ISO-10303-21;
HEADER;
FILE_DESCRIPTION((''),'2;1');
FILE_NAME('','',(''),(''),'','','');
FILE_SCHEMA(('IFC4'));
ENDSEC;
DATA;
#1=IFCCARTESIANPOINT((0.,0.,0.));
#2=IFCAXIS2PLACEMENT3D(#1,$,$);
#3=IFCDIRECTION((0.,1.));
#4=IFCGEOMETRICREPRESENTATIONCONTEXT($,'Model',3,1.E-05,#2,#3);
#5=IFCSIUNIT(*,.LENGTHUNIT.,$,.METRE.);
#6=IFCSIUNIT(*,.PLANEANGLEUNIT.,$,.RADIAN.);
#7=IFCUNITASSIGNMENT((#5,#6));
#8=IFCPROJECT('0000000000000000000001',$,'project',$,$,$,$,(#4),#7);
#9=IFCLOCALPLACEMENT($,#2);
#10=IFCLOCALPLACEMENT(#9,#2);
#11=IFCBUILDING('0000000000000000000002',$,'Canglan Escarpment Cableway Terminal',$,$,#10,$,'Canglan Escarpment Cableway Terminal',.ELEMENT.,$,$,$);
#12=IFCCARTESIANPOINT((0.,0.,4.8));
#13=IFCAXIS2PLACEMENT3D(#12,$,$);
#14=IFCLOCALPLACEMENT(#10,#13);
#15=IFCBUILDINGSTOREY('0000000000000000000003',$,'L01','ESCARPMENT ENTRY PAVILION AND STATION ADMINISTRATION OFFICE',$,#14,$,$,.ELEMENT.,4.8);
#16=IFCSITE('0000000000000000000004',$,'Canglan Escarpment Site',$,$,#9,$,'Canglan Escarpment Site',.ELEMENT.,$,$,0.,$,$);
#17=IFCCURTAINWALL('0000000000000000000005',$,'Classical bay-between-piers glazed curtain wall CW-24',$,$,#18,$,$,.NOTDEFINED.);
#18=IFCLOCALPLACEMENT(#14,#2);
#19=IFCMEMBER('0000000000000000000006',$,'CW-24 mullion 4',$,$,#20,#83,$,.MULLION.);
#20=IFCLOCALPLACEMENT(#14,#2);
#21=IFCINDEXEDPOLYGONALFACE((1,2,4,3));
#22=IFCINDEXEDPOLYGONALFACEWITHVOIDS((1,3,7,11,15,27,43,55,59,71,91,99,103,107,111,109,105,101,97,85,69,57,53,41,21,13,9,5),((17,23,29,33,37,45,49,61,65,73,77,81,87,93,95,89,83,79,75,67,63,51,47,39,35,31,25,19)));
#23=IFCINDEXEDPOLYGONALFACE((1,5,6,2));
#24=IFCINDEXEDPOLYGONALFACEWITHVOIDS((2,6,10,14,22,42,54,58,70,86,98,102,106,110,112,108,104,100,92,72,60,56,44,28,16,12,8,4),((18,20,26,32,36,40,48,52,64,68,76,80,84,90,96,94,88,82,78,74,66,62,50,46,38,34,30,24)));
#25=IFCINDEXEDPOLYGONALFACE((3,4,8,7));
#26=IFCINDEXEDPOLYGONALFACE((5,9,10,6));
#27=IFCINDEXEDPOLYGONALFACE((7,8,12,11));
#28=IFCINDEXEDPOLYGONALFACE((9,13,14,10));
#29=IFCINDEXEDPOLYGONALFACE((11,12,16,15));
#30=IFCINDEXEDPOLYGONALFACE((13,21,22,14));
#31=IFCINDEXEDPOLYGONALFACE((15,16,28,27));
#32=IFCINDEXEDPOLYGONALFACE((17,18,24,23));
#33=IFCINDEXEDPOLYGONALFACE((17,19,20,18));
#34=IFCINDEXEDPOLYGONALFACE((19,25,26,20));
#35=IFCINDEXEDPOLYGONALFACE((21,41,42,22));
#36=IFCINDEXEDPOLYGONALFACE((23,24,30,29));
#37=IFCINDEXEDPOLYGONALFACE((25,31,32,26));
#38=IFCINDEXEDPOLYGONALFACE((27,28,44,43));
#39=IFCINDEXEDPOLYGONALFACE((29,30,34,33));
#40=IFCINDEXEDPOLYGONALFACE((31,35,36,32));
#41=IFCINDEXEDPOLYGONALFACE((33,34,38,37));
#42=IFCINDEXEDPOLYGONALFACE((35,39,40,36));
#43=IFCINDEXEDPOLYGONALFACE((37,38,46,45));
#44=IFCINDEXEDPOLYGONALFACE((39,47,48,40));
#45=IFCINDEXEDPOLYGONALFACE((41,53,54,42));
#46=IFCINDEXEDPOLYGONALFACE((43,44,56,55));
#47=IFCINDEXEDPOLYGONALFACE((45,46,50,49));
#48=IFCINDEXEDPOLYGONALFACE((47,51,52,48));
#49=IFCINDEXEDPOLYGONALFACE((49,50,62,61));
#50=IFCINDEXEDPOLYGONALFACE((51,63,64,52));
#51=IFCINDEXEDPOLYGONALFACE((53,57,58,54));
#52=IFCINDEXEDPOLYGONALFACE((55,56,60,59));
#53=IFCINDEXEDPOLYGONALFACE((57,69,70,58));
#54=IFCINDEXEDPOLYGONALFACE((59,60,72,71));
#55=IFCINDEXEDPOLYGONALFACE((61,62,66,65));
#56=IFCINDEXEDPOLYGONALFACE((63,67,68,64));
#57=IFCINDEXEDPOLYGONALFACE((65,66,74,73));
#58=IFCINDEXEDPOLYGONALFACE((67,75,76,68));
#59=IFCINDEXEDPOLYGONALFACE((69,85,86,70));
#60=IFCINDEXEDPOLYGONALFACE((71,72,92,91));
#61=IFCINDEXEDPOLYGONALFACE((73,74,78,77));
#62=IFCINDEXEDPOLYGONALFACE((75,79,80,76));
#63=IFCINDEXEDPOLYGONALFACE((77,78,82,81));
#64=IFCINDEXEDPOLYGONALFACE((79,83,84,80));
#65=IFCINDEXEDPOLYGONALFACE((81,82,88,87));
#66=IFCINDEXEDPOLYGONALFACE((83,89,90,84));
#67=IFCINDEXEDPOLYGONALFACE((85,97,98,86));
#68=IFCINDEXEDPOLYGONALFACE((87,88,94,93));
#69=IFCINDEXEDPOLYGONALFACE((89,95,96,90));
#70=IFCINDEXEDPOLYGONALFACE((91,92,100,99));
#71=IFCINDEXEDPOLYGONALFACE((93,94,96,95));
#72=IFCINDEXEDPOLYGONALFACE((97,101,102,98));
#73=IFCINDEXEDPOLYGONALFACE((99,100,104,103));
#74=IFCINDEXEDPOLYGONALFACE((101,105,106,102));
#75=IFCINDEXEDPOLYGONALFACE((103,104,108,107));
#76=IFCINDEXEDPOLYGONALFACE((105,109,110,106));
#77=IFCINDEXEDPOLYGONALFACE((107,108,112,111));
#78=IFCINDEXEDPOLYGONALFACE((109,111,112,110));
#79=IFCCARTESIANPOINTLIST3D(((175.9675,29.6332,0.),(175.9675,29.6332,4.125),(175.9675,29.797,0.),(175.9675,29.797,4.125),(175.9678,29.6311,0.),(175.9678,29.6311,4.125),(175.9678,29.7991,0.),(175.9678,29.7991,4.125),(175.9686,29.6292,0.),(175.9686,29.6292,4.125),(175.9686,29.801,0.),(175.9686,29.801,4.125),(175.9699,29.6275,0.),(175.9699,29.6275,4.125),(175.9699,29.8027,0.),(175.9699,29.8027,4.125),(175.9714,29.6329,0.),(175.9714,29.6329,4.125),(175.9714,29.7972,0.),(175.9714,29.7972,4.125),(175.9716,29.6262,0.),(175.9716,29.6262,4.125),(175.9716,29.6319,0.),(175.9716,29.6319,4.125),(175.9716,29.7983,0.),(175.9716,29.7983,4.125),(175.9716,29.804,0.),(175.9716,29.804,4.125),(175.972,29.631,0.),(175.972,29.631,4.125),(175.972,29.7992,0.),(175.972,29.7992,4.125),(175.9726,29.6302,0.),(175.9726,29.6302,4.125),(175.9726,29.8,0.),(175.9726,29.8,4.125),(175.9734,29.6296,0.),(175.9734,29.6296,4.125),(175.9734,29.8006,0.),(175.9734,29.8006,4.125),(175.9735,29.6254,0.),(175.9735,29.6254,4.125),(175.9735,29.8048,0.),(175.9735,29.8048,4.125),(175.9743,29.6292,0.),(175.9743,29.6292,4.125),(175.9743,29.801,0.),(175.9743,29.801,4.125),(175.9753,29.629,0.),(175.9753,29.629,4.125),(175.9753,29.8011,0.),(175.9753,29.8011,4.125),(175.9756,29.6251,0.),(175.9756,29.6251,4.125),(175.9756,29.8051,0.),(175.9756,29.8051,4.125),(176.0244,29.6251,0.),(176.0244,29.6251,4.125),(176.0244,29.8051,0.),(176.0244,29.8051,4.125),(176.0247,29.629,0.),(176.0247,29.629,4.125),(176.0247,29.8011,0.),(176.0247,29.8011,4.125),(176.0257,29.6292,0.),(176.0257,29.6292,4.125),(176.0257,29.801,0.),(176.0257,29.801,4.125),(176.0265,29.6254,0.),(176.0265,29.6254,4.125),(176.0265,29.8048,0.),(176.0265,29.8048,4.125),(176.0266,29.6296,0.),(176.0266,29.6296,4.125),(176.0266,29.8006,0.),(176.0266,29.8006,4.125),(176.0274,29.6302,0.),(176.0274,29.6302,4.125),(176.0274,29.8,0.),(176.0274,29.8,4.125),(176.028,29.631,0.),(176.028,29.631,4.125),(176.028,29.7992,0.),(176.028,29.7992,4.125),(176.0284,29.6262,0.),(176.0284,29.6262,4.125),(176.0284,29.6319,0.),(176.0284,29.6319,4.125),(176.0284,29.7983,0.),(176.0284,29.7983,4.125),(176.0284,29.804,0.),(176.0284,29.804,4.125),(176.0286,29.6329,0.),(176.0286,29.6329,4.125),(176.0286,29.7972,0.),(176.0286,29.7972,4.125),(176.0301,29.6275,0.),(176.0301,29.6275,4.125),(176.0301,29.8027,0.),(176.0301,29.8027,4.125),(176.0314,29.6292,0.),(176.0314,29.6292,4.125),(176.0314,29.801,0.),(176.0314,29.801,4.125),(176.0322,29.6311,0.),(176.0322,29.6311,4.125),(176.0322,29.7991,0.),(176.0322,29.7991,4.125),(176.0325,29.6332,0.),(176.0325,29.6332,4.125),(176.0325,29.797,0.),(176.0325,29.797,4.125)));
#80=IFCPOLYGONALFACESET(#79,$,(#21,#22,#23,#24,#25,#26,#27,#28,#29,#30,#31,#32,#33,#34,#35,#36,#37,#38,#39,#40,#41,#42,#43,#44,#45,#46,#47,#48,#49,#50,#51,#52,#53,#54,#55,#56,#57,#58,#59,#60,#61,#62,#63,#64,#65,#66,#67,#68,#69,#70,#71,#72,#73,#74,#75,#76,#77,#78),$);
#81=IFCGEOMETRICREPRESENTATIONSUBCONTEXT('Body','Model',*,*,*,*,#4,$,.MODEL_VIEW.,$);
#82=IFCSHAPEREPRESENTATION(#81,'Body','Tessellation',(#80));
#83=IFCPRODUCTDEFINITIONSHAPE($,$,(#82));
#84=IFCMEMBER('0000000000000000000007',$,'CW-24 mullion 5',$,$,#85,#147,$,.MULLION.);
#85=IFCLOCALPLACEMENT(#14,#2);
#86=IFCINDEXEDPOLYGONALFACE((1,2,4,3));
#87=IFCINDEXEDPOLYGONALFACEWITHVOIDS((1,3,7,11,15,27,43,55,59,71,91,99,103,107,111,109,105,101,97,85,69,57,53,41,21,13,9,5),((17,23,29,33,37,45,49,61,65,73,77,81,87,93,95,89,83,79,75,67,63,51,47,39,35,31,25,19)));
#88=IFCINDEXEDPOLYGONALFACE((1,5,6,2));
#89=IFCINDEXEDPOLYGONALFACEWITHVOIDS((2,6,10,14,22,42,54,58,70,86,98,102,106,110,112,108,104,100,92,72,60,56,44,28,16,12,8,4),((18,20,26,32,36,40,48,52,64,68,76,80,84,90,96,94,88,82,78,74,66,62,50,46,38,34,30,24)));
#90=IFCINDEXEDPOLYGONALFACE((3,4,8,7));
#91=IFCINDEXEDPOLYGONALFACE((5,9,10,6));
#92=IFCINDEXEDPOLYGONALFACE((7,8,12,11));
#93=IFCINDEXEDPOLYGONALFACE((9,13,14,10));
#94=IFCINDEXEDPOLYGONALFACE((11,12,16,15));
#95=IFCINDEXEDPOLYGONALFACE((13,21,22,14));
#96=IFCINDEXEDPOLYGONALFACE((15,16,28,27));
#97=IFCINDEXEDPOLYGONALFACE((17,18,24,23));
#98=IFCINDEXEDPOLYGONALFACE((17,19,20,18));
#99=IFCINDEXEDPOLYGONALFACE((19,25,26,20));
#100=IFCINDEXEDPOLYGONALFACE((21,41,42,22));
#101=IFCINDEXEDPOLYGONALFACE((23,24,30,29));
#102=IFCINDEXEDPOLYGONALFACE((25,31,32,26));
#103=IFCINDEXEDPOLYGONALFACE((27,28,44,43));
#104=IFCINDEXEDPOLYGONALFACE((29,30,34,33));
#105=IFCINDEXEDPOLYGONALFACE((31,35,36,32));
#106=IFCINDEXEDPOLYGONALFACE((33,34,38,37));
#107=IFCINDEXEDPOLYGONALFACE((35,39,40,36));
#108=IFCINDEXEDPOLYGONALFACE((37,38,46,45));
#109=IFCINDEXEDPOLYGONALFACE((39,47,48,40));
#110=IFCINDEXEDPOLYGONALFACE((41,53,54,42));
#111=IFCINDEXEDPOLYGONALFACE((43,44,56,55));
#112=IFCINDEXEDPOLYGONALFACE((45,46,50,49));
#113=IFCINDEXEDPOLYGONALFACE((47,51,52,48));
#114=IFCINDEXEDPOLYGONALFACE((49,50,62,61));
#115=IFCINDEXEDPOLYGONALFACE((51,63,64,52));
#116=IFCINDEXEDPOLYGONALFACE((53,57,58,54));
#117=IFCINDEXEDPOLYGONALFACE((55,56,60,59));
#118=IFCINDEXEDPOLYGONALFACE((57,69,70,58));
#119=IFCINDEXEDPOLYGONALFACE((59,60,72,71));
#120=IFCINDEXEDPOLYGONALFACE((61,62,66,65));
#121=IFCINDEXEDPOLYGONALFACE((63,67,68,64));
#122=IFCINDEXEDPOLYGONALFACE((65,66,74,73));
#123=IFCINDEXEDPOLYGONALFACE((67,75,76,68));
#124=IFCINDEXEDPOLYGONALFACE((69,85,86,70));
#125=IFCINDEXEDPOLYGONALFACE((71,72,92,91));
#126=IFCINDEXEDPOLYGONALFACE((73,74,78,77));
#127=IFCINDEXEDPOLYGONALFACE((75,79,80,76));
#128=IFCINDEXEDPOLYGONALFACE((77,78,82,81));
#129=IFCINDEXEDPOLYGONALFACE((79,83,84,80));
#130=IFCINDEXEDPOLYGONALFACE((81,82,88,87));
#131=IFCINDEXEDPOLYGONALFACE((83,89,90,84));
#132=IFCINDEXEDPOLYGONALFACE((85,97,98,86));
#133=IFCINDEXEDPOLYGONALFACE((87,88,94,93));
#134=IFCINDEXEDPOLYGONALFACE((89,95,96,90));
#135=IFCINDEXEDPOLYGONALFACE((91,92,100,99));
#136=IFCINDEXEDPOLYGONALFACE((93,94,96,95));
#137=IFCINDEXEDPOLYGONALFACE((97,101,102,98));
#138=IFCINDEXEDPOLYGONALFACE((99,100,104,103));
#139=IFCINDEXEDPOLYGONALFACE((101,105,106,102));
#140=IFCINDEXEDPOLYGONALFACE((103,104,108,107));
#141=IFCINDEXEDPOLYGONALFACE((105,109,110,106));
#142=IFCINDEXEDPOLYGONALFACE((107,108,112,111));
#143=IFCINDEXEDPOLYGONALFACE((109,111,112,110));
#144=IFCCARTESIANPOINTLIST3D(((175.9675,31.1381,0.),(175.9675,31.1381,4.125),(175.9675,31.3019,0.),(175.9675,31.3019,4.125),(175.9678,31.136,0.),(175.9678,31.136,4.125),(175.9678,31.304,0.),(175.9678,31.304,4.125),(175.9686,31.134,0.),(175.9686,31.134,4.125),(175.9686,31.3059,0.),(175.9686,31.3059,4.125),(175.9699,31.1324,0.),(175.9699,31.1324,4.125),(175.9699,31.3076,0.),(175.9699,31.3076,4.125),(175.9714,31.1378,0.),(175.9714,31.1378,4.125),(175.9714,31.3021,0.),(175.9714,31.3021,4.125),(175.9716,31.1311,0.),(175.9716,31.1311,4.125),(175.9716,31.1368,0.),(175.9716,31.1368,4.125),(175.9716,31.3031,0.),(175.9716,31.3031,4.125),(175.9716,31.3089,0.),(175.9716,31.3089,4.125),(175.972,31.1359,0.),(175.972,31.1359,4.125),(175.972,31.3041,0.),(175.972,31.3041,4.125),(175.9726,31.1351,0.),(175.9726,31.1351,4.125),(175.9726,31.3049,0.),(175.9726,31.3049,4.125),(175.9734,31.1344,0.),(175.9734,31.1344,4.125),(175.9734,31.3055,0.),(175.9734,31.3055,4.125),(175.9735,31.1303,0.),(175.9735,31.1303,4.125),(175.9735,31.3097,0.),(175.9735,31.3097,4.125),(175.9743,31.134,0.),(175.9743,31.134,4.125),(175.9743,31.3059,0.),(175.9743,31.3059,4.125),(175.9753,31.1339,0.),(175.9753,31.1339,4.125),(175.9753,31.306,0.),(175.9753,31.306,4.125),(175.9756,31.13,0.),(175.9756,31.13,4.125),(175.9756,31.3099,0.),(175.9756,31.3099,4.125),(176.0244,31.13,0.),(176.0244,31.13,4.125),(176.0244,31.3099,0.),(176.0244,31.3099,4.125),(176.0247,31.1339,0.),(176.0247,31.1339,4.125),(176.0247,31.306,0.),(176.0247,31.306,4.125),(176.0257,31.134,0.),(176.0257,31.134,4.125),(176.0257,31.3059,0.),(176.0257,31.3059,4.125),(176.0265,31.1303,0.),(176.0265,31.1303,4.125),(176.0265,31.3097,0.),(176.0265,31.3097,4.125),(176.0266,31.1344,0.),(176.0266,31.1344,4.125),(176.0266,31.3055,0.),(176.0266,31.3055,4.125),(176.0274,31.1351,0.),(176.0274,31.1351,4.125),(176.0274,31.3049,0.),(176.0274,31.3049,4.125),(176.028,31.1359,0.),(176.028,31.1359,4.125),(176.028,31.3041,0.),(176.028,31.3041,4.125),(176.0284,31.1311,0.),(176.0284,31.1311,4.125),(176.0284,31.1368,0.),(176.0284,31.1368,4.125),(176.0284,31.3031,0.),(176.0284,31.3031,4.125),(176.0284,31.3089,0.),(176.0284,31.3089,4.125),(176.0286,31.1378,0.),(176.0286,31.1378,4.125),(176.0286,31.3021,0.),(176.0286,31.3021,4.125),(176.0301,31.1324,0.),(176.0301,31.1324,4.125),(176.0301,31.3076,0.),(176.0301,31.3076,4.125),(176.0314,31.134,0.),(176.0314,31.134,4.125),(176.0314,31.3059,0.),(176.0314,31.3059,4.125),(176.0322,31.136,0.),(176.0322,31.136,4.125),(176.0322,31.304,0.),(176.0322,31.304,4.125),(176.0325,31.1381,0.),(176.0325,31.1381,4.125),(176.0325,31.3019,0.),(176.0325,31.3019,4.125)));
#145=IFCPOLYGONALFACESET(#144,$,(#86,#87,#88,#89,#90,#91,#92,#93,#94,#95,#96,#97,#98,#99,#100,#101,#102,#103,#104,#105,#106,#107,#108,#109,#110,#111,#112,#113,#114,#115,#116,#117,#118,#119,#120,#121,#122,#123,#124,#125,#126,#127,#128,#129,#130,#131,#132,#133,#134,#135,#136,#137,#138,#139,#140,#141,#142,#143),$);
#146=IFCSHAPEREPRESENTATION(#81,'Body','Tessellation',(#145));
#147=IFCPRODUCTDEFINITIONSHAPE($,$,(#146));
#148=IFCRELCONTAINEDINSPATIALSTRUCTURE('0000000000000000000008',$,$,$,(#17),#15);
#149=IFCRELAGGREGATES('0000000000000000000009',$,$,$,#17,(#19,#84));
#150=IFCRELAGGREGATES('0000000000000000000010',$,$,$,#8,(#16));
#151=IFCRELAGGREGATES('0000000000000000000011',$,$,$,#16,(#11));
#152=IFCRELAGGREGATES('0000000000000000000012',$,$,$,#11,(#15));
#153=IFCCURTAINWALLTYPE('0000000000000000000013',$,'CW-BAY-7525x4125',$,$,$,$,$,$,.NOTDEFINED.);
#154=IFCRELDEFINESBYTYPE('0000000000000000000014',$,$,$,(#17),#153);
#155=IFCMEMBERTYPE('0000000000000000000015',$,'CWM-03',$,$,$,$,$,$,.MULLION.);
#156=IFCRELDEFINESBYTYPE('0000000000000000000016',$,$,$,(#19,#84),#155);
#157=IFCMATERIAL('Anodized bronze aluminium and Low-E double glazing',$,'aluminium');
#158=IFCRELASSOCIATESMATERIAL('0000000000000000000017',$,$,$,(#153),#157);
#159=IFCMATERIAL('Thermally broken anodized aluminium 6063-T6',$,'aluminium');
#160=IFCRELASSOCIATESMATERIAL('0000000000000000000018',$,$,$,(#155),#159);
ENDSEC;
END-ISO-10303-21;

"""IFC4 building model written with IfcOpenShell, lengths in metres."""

from ifc_helpers import new_model, si_unit, direction, frame, origin, origin_2d, place, context, subcontext, project, spatial, hollow_rectangle, extrude, material, material_profile, profile_set, type_object, element, aggregate, save


model = new_model("IFC4")

# Units and contexts
model_context = context("Model", 3, precision=1e-05, world=origin(), true_north=direction((0.0, 1.0)))
body_context = subcontext(model_context, "Body", "Model", "MODEL_VIEW")
ifc_project = project(units=[si_unit("LENGTHUNIT", "METRE"), si_unit("PLANEANGLEUNIT", "RADIAN")], contexts=[model_context])

# Site, building, storey
site_placement = place(None, origin())
site = spatial("IfcSite", under=ifc_project, at=site_placement, Name="Canglan Escarpment Site", LongName="Canglan Escarpment Site", CompositionType="ELEMENT", RefElevation=0.0)
building_placement = place(site_placement, origin())
building = spatial("IfcBuilding", under=site, at=building_placement, Name="Canglan Escarpment Cableway Terminal", LongName="Canglan Escarpment Cableway Terminal", CompositionType="ELEMENT")
storey_placement = place(building_placement, frame((0.0, 0.0, 4.8)))
storey = spatial("IfcBuildingStorey", under=building, at=storey_placement, Name="L01", Description="ESCARPMENT ENTRY PAVILION AND STATION ADMINISTRATION OFFICE", CompositionType="ELEMENT", Elevation=4.8)

# Curtain wall, members
ifc_material_1 = material(Name="Anodized bronze aluminium and Low-E double glazing", Category="aluminium")
curtain_wall_type = type_object("IfcCurtainWallType", Name="CW-BAY-7525x4125", PredefinedType="NOTDEFINED", material=ifc_material_1)
curtain_wall_placement = place(storey_placement, origin())
curtain_wall = element("IfcCurtainWall", 1, at=curtain_wall_placement, inside=storey, type_object=curtain_wall_type, Name="Classical bay-between-piers glazed curtain wall CW-24", PredefinedType="NOTDEFINED")
ifc_material_2 = material(Name="Thermally broken anodized aluminium 6063-T6", Category="aluminium")
ifc_material_profile_1 = material_profile(ifc_material_2, hollow_rectangle(XDim=0.0649, YDim=0.1799, WallThickness=0.0039, InnerFilletRadius=0.0039, OuterFilletRadius=0.0081, at=origin_2d()), Name="ALU-MULL 65x180x4")
ifc_profile_set_1 = profile_set([ifc_material_profile_1], Name="Thermally broken anodized aluminium 6063-T6")
member_type_1 = type_object("IfcMemberType", Name="CWM-03", PredefinedType="MULLION", material=ifc_profile_set_1)
member_1_placement = place(storey_placement, frame((176.0, 29.7151, 0.0), z_axis=(0.0, 0.0, 1.0), x_axis=(-1.0, 0.0, 0.0)))
member_1 = element("IfcMember", 2, at=member_1_placement, type_object=member_type_1, Name="CW-24 mullion 4", PredefinedType="MULLION", context=body_context, shape_type="SweptSolid", body=[
    extrude(hollow_rectangle(XDim=0.0649, YDim=0.1799, WallThickness=0.0039, InnerFilletRadius=0.0039, OuterFilletRadius=0.0081, at=origin_2d()), origin(), (0.0, 0.0, 1.0), 4.125),
])
member_2_placement = place(storey_placement, frame((176.0, 31.22, 0.0), z_axis=(0.0, 0.0, 1.0), x_axis=(-1.0, 0.0, 0.0)))
member_2 = element("IfcMember", 3, at=member_2_placement, type_object=member_type_1, Name="CW-24 mullion 5", PredefinedType="MULLION", context=body_context, shape_type="SweptSolid", body=[
    extrude(hollow_rectangle(XDim=0.0649, YDim=0.1799, WallThickness=0.0039, InnerFilletRadius=0.0039, OuterFilletRadius=0.0081, at=origin_2d()), origin(), (0.0, 0.0, 1.0), 4.125),
])
aggregate(curtain_wall, [member_1, member_2])

save(model, "model.ifc")
